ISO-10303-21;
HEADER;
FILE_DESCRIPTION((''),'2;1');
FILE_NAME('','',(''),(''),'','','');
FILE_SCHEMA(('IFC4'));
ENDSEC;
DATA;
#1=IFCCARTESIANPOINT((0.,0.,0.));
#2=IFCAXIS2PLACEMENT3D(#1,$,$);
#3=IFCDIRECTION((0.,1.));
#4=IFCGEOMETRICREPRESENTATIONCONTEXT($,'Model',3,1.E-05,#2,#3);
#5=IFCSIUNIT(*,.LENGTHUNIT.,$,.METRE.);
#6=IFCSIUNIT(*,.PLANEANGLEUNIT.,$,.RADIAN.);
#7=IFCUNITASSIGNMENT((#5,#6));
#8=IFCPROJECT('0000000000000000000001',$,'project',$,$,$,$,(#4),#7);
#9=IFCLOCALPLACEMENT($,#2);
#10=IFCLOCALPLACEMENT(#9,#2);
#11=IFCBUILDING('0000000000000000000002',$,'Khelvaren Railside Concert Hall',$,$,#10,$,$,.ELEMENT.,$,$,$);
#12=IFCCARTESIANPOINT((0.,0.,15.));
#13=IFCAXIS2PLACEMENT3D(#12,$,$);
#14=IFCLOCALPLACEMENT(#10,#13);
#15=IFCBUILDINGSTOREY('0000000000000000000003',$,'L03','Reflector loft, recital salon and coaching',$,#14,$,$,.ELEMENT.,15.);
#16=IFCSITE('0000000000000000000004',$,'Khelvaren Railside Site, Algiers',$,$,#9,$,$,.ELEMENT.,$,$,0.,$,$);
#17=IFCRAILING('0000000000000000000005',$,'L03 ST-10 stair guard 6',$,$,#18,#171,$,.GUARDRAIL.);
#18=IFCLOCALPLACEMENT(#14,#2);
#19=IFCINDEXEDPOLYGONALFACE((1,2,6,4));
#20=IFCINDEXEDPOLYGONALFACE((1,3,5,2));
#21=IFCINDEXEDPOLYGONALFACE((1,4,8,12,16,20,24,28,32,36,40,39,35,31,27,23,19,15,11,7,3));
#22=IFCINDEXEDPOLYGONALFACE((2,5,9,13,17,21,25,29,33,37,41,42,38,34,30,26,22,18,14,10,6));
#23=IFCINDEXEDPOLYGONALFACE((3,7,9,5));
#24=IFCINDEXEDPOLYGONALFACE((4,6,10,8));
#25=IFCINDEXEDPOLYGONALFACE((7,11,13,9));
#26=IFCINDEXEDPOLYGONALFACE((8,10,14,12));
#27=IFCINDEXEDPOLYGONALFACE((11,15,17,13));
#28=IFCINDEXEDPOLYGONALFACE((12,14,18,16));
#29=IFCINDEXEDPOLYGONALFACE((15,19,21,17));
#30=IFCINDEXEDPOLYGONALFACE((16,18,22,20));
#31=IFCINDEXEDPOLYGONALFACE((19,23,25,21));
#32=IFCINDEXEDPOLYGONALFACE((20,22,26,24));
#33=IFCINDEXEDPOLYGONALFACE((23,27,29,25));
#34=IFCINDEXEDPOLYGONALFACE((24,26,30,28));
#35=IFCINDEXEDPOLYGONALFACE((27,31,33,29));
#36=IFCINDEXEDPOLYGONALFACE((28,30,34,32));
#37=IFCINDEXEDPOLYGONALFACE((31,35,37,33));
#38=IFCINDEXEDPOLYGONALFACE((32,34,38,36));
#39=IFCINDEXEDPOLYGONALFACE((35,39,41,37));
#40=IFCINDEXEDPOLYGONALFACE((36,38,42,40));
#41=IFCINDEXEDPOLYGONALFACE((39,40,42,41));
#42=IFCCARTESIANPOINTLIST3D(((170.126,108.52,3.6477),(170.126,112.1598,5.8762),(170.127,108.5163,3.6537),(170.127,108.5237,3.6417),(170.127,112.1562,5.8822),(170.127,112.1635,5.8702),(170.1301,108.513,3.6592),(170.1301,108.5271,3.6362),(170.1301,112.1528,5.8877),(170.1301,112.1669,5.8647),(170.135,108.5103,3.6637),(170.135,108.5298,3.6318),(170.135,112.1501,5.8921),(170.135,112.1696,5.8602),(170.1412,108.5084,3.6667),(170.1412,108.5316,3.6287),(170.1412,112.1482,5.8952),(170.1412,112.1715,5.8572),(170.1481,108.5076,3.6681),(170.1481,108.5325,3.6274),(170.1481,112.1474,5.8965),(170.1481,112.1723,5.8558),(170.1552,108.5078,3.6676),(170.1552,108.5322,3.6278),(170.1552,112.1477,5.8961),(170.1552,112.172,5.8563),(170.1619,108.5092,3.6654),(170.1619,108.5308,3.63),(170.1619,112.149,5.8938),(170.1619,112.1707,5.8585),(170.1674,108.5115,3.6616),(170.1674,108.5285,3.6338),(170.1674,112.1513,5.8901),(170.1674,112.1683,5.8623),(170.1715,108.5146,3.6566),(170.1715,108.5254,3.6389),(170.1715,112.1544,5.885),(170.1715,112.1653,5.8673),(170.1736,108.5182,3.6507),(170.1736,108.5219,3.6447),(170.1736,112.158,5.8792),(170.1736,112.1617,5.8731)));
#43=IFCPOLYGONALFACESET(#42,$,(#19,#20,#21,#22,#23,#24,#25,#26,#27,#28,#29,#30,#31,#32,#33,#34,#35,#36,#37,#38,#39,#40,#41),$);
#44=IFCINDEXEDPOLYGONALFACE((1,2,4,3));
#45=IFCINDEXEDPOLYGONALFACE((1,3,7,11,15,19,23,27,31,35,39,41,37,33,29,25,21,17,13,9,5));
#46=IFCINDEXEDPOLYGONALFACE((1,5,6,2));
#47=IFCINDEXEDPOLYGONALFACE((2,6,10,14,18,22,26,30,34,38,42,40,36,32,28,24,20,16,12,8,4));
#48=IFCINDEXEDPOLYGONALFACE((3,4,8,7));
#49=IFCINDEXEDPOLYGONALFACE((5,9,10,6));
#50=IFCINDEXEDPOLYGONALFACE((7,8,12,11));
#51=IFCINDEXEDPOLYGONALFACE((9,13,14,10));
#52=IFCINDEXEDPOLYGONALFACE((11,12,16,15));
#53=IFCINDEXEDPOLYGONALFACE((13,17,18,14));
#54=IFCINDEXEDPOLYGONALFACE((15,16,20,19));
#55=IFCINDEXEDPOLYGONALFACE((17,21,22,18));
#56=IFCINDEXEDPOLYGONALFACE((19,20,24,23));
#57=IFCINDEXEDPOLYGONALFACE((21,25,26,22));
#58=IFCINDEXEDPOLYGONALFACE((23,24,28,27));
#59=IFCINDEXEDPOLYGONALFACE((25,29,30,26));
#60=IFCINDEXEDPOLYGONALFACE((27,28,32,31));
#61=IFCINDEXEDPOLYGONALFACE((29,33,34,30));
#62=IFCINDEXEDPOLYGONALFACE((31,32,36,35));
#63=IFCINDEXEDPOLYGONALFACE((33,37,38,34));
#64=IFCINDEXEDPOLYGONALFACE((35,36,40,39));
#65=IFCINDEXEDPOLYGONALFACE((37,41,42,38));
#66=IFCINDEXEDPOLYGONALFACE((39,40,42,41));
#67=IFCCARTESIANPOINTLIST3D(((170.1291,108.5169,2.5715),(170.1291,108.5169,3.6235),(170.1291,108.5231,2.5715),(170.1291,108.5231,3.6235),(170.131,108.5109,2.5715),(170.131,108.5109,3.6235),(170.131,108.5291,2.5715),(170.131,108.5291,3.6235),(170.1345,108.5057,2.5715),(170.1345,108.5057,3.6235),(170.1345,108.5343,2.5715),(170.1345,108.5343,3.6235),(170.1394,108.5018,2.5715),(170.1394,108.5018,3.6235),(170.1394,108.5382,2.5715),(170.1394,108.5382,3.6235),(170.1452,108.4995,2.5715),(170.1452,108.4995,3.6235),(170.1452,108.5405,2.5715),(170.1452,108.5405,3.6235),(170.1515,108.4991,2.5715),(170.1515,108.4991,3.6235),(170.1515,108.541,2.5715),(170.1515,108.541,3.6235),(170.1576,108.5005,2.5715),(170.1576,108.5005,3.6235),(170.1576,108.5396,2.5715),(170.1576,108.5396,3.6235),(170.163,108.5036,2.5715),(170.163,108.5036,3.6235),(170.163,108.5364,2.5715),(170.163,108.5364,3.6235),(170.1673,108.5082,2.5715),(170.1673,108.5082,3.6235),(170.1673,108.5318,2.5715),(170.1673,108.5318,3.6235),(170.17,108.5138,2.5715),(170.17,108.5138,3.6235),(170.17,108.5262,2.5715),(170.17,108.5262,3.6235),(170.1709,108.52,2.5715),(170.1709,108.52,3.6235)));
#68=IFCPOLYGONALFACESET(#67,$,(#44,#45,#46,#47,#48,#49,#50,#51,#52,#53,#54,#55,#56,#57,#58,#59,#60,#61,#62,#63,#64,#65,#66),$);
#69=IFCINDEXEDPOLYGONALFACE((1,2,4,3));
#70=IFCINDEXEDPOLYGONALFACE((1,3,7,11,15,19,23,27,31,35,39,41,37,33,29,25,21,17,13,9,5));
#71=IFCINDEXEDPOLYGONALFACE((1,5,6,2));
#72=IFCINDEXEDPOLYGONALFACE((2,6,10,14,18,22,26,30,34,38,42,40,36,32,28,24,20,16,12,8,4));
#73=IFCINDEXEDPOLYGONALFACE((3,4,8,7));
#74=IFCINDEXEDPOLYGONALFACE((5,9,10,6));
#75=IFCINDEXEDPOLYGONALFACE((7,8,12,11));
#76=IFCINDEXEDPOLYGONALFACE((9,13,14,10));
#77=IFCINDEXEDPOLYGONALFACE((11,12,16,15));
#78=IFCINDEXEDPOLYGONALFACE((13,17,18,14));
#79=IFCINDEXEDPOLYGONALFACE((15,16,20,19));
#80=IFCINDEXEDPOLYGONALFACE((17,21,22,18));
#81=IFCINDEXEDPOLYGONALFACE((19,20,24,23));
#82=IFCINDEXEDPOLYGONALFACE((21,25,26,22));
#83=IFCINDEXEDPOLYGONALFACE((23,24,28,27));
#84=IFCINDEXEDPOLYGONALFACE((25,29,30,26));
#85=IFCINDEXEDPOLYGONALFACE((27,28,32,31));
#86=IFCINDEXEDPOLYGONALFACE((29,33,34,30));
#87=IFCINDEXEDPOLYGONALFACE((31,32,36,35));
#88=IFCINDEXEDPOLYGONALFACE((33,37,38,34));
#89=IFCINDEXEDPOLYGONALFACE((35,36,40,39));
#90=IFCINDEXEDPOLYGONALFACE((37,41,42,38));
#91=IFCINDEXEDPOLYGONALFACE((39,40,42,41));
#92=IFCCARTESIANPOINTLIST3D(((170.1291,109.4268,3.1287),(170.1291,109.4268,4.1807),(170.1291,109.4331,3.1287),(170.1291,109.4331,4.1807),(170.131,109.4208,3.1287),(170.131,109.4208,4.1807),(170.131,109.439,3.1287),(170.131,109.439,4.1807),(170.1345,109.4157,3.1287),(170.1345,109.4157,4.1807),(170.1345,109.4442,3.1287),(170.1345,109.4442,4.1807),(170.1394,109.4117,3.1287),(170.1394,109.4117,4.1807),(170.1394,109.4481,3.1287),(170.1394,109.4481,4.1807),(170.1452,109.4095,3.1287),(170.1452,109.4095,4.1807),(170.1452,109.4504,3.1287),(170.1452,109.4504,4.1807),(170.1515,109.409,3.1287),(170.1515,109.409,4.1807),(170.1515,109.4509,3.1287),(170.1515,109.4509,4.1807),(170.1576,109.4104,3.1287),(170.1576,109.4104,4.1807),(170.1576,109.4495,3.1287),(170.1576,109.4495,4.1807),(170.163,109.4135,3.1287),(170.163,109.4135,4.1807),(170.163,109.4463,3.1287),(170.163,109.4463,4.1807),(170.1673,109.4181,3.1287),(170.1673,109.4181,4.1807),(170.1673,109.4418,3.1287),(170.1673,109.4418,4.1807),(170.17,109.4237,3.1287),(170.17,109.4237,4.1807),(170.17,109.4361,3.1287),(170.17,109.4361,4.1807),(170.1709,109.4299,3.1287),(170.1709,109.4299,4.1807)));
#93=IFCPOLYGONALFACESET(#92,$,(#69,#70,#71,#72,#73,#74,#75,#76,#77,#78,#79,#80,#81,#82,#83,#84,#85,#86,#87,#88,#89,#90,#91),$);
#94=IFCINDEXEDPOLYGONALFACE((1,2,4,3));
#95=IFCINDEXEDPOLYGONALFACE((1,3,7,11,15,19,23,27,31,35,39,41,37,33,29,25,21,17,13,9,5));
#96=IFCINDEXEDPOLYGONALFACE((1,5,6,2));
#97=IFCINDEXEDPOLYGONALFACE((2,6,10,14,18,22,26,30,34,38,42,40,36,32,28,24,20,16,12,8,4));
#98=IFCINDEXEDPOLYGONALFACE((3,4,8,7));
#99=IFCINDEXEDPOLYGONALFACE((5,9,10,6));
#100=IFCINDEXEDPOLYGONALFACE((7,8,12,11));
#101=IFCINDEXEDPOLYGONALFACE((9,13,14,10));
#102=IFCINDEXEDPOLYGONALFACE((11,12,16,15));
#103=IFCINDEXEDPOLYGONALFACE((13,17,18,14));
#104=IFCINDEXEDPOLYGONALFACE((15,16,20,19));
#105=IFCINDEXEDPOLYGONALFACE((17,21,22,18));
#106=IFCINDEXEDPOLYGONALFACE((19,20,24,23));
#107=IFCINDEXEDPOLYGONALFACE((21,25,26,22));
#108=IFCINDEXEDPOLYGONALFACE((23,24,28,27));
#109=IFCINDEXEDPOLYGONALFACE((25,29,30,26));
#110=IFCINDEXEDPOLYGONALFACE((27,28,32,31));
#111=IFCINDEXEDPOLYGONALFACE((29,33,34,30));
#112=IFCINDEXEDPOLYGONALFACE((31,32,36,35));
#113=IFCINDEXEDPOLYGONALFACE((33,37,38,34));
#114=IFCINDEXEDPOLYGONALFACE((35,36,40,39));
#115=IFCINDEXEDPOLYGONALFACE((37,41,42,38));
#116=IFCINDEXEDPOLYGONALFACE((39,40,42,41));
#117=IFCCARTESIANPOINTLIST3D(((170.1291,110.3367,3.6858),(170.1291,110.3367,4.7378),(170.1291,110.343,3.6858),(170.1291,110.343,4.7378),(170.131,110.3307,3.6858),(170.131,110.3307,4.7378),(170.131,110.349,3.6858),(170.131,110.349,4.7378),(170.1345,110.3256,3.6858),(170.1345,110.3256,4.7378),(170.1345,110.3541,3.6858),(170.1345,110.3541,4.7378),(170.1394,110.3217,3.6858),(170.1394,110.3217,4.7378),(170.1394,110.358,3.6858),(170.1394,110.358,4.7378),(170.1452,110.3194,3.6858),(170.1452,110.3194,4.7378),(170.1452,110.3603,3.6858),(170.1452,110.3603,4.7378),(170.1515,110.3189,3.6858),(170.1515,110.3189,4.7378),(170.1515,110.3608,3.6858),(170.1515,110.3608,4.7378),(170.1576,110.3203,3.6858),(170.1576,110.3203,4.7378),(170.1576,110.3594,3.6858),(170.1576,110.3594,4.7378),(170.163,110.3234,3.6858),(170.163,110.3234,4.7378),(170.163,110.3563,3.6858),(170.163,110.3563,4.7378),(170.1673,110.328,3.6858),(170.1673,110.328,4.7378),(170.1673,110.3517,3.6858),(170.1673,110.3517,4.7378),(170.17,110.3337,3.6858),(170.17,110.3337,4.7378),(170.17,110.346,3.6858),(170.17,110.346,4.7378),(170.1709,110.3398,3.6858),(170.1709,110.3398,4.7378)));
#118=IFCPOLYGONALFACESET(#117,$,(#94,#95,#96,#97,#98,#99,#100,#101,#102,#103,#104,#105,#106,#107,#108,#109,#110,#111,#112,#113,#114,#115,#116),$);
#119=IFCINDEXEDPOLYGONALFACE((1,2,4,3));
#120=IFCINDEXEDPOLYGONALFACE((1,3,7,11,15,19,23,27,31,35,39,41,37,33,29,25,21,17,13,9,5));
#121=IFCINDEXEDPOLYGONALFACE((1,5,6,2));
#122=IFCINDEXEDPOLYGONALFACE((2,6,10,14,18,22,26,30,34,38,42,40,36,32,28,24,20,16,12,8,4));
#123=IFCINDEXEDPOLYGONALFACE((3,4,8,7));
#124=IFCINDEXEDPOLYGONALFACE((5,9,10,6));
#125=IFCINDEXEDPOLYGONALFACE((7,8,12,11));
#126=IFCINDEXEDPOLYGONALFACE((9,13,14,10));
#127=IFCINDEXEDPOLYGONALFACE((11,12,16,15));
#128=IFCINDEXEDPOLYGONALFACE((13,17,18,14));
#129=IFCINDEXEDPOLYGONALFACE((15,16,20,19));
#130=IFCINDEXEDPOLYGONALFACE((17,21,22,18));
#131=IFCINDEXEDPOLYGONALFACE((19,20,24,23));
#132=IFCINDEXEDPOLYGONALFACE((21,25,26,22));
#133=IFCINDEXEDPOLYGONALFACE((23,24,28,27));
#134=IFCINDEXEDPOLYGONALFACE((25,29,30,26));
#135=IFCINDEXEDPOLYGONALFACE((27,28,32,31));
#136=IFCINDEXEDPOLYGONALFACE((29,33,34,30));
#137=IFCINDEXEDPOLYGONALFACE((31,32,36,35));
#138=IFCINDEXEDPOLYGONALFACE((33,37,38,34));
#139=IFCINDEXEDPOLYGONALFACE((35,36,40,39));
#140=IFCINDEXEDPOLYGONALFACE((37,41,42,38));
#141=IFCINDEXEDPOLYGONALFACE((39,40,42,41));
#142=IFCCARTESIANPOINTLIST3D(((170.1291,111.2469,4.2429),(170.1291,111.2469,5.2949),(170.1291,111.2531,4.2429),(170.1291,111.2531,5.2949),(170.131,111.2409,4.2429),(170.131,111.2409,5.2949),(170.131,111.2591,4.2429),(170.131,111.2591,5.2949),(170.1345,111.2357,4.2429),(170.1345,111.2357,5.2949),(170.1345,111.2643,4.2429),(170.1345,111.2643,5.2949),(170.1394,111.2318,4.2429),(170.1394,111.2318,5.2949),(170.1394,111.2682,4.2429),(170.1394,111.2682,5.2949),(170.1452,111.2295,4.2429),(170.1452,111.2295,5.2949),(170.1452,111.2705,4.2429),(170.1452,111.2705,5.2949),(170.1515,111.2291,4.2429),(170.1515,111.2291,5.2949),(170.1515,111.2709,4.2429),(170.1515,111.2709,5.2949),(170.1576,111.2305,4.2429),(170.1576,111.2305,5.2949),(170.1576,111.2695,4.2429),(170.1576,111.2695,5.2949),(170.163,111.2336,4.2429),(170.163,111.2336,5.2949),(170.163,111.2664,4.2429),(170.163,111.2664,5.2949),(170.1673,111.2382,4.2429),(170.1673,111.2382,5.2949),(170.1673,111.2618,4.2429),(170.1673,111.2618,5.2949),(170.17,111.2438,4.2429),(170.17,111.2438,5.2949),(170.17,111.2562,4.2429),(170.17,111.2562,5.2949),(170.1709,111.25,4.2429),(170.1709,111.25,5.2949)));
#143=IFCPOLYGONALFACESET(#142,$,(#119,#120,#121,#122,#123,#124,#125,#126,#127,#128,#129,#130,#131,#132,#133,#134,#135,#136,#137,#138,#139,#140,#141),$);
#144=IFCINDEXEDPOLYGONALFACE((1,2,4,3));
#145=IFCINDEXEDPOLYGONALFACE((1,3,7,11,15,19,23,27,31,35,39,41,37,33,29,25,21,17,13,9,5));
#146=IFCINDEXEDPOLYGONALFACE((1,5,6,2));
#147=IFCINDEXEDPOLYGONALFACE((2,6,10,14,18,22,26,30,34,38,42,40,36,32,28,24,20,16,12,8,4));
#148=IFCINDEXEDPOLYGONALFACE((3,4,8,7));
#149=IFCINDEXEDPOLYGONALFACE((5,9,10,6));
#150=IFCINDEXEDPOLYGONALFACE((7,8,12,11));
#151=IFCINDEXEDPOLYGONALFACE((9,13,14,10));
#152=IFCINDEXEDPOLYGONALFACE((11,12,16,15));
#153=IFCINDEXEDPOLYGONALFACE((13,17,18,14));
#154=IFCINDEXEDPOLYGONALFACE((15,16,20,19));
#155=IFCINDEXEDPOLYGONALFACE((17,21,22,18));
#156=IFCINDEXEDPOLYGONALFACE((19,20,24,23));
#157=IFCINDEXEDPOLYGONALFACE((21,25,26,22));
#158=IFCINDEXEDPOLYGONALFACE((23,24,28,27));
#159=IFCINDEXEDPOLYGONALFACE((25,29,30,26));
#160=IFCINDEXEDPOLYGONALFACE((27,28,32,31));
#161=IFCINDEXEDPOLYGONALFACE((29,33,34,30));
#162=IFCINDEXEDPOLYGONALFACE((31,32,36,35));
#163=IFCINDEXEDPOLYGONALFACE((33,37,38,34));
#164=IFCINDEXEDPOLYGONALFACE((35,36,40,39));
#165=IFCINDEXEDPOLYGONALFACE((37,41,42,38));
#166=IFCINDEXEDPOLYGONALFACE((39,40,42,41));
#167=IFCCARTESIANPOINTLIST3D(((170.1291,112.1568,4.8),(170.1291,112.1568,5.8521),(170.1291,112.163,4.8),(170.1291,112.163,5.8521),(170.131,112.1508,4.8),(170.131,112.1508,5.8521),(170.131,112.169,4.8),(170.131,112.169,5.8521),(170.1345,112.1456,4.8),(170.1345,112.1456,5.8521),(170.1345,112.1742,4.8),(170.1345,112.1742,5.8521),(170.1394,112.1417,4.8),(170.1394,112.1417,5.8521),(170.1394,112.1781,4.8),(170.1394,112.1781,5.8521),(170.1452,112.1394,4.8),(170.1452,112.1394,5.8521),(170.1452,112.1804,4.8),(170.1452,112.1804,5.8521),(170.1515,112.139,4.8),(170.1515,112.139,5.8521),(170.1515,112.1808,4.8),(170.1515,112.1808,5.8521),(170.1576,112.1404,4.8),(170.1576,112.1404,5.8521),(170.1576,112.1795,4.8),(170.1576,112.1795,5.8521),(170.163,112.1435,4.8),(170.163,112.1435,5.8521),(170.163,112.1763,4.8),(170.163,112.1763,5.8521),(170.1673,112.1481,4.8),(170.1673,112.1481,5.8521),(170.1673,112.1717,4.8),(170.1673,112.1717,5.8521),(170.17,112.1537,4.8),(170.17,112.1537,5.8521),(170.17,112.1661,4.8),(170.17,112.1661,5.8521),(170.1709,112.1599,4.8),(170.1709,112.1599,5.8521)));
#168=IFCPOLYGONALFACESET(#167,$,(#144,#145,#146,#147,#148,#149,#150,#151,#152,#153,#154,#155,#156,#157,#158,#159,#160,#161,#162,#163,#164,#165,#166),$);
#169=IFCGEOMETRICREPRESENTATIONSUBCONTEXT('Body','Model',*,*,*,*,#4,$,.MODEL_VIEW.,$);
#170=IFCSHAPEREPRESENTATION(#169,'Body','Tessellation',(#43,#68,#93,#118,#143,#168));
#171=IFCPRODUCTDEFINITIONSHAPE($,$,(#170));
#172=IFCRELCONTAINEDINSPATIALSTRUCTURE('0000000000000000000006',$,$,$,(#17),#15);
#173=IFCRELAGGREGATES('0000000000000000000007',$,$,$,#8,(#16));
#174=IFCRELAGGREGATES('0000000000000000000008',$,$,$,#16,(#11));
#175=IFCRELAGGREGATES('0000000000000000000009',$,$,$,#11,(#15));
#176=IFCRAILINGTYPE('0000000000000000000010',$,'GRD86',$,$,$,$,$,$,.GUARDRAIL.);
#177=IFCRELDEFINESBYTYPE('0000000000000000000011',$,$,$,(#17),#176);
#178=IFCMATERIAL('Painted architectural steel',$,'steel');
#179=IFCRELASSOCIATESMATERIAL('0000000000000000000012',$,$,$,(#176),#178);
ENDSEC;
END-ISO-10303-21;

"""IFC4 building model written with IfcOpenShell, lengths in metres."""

from ifc_helpers import new_model, si_unit, direction, frame, origin, origin_2d, place, context, subcontext, project, spatial, circle, extrude, material, type_object, element, save


model = new_model("IFC4")

# Units and contexts
model_context = context("Model", 3, precision=1e-05, world=origin(), true_north=direction((0.0, 1.0)))
body_context = subcontext(model_context, "Body", "Model", "MODEL_VIEW")
ifc_project = project(units=[si_unit("LENGTHUNIT", "METRE"), si_unit("PLANEANGLEUNIT", "RADIAN")], contexts=[model_context])

# Site, building, storey
site_placement = place(None, origin())
site = spatial("IfcSite", under=ifc_project, at=site_placement, Name="Khelvaren Railside Site, Algiers", CompositionType="ELEMENT", RefElevation=0.0)
building_placement = place(site_placement, origin())
building = spatial("IfcBuilding", under=site, at=building_placement, Name="Khelvaren Railside Concert Hall", CompositionType="ELEMENT")
storey_placement = place(building_placement, frame((0.0, 0.0, 15.0)))
storey = spatial("IfcBuildingStorey", under=building, at=storey_placement, Name="L03", Description="Reflector loft, recital salon and coaching", CompositionType="ELEMENT", Elevation=15.0)

# Railing
ifc_material_1 = material(Name="Painted architectural steel", Category="steel")
railing_type_1 = type_object("IfcRailingType", Name="GRD86", PredefinedType="GUARDRAIL", material=ifc_material_1)
railing_1_placement = place(storey_placement, frame((170.1499, 108.52, 2.5715)))
element("IfcRailing", 1, at=railing_1_placement, inside=storey, type_object=railing_type_1, Name="L03 ST-10 stair guard 6", PredefinedType="GUARDRAIL", context=body_context, shape_type="SweptSolid", body=[
    extrude(circle(Radius=0.0239, at=origin_2d()), frame((0.0, 0.0, 1.0762), z_axis=(0.0, 0.85285, 0.522156), x_axis=(-1.0, 0.0, 0.0)), (0.0, 0.0, 1.0), 4.2678),
    extrude(circle(Radius=0.021, at=origin_2d()), origin(), (0.0, 0.0, 1.0), 1.052),
    extrude(circle(Radius=0.021, at=origin_2d()), frame((0.0, 0.9099, 0.5571)), (0.0, 0.0, 1.0), 1.052),
    extrude(circle(Radius=0.021, at=origin_2d()), frame((0.0, 1.8198, 1.1143)), (0.0, 0.0, 1.0), 1.052),
    extrude(circle(Radius=0.021, at=origin_2d()), frame((0.0, 2.73, 1.6714)), (0.0, 0.0, 1.0), 1.052),
    extrude(circle(Radius=0.021, at=origin_2d()), frame((0.0, 3.6399, 2.2285)), (0.0, 0.0, 1.0), 1.052),
])

save(model, "model.ifc")
